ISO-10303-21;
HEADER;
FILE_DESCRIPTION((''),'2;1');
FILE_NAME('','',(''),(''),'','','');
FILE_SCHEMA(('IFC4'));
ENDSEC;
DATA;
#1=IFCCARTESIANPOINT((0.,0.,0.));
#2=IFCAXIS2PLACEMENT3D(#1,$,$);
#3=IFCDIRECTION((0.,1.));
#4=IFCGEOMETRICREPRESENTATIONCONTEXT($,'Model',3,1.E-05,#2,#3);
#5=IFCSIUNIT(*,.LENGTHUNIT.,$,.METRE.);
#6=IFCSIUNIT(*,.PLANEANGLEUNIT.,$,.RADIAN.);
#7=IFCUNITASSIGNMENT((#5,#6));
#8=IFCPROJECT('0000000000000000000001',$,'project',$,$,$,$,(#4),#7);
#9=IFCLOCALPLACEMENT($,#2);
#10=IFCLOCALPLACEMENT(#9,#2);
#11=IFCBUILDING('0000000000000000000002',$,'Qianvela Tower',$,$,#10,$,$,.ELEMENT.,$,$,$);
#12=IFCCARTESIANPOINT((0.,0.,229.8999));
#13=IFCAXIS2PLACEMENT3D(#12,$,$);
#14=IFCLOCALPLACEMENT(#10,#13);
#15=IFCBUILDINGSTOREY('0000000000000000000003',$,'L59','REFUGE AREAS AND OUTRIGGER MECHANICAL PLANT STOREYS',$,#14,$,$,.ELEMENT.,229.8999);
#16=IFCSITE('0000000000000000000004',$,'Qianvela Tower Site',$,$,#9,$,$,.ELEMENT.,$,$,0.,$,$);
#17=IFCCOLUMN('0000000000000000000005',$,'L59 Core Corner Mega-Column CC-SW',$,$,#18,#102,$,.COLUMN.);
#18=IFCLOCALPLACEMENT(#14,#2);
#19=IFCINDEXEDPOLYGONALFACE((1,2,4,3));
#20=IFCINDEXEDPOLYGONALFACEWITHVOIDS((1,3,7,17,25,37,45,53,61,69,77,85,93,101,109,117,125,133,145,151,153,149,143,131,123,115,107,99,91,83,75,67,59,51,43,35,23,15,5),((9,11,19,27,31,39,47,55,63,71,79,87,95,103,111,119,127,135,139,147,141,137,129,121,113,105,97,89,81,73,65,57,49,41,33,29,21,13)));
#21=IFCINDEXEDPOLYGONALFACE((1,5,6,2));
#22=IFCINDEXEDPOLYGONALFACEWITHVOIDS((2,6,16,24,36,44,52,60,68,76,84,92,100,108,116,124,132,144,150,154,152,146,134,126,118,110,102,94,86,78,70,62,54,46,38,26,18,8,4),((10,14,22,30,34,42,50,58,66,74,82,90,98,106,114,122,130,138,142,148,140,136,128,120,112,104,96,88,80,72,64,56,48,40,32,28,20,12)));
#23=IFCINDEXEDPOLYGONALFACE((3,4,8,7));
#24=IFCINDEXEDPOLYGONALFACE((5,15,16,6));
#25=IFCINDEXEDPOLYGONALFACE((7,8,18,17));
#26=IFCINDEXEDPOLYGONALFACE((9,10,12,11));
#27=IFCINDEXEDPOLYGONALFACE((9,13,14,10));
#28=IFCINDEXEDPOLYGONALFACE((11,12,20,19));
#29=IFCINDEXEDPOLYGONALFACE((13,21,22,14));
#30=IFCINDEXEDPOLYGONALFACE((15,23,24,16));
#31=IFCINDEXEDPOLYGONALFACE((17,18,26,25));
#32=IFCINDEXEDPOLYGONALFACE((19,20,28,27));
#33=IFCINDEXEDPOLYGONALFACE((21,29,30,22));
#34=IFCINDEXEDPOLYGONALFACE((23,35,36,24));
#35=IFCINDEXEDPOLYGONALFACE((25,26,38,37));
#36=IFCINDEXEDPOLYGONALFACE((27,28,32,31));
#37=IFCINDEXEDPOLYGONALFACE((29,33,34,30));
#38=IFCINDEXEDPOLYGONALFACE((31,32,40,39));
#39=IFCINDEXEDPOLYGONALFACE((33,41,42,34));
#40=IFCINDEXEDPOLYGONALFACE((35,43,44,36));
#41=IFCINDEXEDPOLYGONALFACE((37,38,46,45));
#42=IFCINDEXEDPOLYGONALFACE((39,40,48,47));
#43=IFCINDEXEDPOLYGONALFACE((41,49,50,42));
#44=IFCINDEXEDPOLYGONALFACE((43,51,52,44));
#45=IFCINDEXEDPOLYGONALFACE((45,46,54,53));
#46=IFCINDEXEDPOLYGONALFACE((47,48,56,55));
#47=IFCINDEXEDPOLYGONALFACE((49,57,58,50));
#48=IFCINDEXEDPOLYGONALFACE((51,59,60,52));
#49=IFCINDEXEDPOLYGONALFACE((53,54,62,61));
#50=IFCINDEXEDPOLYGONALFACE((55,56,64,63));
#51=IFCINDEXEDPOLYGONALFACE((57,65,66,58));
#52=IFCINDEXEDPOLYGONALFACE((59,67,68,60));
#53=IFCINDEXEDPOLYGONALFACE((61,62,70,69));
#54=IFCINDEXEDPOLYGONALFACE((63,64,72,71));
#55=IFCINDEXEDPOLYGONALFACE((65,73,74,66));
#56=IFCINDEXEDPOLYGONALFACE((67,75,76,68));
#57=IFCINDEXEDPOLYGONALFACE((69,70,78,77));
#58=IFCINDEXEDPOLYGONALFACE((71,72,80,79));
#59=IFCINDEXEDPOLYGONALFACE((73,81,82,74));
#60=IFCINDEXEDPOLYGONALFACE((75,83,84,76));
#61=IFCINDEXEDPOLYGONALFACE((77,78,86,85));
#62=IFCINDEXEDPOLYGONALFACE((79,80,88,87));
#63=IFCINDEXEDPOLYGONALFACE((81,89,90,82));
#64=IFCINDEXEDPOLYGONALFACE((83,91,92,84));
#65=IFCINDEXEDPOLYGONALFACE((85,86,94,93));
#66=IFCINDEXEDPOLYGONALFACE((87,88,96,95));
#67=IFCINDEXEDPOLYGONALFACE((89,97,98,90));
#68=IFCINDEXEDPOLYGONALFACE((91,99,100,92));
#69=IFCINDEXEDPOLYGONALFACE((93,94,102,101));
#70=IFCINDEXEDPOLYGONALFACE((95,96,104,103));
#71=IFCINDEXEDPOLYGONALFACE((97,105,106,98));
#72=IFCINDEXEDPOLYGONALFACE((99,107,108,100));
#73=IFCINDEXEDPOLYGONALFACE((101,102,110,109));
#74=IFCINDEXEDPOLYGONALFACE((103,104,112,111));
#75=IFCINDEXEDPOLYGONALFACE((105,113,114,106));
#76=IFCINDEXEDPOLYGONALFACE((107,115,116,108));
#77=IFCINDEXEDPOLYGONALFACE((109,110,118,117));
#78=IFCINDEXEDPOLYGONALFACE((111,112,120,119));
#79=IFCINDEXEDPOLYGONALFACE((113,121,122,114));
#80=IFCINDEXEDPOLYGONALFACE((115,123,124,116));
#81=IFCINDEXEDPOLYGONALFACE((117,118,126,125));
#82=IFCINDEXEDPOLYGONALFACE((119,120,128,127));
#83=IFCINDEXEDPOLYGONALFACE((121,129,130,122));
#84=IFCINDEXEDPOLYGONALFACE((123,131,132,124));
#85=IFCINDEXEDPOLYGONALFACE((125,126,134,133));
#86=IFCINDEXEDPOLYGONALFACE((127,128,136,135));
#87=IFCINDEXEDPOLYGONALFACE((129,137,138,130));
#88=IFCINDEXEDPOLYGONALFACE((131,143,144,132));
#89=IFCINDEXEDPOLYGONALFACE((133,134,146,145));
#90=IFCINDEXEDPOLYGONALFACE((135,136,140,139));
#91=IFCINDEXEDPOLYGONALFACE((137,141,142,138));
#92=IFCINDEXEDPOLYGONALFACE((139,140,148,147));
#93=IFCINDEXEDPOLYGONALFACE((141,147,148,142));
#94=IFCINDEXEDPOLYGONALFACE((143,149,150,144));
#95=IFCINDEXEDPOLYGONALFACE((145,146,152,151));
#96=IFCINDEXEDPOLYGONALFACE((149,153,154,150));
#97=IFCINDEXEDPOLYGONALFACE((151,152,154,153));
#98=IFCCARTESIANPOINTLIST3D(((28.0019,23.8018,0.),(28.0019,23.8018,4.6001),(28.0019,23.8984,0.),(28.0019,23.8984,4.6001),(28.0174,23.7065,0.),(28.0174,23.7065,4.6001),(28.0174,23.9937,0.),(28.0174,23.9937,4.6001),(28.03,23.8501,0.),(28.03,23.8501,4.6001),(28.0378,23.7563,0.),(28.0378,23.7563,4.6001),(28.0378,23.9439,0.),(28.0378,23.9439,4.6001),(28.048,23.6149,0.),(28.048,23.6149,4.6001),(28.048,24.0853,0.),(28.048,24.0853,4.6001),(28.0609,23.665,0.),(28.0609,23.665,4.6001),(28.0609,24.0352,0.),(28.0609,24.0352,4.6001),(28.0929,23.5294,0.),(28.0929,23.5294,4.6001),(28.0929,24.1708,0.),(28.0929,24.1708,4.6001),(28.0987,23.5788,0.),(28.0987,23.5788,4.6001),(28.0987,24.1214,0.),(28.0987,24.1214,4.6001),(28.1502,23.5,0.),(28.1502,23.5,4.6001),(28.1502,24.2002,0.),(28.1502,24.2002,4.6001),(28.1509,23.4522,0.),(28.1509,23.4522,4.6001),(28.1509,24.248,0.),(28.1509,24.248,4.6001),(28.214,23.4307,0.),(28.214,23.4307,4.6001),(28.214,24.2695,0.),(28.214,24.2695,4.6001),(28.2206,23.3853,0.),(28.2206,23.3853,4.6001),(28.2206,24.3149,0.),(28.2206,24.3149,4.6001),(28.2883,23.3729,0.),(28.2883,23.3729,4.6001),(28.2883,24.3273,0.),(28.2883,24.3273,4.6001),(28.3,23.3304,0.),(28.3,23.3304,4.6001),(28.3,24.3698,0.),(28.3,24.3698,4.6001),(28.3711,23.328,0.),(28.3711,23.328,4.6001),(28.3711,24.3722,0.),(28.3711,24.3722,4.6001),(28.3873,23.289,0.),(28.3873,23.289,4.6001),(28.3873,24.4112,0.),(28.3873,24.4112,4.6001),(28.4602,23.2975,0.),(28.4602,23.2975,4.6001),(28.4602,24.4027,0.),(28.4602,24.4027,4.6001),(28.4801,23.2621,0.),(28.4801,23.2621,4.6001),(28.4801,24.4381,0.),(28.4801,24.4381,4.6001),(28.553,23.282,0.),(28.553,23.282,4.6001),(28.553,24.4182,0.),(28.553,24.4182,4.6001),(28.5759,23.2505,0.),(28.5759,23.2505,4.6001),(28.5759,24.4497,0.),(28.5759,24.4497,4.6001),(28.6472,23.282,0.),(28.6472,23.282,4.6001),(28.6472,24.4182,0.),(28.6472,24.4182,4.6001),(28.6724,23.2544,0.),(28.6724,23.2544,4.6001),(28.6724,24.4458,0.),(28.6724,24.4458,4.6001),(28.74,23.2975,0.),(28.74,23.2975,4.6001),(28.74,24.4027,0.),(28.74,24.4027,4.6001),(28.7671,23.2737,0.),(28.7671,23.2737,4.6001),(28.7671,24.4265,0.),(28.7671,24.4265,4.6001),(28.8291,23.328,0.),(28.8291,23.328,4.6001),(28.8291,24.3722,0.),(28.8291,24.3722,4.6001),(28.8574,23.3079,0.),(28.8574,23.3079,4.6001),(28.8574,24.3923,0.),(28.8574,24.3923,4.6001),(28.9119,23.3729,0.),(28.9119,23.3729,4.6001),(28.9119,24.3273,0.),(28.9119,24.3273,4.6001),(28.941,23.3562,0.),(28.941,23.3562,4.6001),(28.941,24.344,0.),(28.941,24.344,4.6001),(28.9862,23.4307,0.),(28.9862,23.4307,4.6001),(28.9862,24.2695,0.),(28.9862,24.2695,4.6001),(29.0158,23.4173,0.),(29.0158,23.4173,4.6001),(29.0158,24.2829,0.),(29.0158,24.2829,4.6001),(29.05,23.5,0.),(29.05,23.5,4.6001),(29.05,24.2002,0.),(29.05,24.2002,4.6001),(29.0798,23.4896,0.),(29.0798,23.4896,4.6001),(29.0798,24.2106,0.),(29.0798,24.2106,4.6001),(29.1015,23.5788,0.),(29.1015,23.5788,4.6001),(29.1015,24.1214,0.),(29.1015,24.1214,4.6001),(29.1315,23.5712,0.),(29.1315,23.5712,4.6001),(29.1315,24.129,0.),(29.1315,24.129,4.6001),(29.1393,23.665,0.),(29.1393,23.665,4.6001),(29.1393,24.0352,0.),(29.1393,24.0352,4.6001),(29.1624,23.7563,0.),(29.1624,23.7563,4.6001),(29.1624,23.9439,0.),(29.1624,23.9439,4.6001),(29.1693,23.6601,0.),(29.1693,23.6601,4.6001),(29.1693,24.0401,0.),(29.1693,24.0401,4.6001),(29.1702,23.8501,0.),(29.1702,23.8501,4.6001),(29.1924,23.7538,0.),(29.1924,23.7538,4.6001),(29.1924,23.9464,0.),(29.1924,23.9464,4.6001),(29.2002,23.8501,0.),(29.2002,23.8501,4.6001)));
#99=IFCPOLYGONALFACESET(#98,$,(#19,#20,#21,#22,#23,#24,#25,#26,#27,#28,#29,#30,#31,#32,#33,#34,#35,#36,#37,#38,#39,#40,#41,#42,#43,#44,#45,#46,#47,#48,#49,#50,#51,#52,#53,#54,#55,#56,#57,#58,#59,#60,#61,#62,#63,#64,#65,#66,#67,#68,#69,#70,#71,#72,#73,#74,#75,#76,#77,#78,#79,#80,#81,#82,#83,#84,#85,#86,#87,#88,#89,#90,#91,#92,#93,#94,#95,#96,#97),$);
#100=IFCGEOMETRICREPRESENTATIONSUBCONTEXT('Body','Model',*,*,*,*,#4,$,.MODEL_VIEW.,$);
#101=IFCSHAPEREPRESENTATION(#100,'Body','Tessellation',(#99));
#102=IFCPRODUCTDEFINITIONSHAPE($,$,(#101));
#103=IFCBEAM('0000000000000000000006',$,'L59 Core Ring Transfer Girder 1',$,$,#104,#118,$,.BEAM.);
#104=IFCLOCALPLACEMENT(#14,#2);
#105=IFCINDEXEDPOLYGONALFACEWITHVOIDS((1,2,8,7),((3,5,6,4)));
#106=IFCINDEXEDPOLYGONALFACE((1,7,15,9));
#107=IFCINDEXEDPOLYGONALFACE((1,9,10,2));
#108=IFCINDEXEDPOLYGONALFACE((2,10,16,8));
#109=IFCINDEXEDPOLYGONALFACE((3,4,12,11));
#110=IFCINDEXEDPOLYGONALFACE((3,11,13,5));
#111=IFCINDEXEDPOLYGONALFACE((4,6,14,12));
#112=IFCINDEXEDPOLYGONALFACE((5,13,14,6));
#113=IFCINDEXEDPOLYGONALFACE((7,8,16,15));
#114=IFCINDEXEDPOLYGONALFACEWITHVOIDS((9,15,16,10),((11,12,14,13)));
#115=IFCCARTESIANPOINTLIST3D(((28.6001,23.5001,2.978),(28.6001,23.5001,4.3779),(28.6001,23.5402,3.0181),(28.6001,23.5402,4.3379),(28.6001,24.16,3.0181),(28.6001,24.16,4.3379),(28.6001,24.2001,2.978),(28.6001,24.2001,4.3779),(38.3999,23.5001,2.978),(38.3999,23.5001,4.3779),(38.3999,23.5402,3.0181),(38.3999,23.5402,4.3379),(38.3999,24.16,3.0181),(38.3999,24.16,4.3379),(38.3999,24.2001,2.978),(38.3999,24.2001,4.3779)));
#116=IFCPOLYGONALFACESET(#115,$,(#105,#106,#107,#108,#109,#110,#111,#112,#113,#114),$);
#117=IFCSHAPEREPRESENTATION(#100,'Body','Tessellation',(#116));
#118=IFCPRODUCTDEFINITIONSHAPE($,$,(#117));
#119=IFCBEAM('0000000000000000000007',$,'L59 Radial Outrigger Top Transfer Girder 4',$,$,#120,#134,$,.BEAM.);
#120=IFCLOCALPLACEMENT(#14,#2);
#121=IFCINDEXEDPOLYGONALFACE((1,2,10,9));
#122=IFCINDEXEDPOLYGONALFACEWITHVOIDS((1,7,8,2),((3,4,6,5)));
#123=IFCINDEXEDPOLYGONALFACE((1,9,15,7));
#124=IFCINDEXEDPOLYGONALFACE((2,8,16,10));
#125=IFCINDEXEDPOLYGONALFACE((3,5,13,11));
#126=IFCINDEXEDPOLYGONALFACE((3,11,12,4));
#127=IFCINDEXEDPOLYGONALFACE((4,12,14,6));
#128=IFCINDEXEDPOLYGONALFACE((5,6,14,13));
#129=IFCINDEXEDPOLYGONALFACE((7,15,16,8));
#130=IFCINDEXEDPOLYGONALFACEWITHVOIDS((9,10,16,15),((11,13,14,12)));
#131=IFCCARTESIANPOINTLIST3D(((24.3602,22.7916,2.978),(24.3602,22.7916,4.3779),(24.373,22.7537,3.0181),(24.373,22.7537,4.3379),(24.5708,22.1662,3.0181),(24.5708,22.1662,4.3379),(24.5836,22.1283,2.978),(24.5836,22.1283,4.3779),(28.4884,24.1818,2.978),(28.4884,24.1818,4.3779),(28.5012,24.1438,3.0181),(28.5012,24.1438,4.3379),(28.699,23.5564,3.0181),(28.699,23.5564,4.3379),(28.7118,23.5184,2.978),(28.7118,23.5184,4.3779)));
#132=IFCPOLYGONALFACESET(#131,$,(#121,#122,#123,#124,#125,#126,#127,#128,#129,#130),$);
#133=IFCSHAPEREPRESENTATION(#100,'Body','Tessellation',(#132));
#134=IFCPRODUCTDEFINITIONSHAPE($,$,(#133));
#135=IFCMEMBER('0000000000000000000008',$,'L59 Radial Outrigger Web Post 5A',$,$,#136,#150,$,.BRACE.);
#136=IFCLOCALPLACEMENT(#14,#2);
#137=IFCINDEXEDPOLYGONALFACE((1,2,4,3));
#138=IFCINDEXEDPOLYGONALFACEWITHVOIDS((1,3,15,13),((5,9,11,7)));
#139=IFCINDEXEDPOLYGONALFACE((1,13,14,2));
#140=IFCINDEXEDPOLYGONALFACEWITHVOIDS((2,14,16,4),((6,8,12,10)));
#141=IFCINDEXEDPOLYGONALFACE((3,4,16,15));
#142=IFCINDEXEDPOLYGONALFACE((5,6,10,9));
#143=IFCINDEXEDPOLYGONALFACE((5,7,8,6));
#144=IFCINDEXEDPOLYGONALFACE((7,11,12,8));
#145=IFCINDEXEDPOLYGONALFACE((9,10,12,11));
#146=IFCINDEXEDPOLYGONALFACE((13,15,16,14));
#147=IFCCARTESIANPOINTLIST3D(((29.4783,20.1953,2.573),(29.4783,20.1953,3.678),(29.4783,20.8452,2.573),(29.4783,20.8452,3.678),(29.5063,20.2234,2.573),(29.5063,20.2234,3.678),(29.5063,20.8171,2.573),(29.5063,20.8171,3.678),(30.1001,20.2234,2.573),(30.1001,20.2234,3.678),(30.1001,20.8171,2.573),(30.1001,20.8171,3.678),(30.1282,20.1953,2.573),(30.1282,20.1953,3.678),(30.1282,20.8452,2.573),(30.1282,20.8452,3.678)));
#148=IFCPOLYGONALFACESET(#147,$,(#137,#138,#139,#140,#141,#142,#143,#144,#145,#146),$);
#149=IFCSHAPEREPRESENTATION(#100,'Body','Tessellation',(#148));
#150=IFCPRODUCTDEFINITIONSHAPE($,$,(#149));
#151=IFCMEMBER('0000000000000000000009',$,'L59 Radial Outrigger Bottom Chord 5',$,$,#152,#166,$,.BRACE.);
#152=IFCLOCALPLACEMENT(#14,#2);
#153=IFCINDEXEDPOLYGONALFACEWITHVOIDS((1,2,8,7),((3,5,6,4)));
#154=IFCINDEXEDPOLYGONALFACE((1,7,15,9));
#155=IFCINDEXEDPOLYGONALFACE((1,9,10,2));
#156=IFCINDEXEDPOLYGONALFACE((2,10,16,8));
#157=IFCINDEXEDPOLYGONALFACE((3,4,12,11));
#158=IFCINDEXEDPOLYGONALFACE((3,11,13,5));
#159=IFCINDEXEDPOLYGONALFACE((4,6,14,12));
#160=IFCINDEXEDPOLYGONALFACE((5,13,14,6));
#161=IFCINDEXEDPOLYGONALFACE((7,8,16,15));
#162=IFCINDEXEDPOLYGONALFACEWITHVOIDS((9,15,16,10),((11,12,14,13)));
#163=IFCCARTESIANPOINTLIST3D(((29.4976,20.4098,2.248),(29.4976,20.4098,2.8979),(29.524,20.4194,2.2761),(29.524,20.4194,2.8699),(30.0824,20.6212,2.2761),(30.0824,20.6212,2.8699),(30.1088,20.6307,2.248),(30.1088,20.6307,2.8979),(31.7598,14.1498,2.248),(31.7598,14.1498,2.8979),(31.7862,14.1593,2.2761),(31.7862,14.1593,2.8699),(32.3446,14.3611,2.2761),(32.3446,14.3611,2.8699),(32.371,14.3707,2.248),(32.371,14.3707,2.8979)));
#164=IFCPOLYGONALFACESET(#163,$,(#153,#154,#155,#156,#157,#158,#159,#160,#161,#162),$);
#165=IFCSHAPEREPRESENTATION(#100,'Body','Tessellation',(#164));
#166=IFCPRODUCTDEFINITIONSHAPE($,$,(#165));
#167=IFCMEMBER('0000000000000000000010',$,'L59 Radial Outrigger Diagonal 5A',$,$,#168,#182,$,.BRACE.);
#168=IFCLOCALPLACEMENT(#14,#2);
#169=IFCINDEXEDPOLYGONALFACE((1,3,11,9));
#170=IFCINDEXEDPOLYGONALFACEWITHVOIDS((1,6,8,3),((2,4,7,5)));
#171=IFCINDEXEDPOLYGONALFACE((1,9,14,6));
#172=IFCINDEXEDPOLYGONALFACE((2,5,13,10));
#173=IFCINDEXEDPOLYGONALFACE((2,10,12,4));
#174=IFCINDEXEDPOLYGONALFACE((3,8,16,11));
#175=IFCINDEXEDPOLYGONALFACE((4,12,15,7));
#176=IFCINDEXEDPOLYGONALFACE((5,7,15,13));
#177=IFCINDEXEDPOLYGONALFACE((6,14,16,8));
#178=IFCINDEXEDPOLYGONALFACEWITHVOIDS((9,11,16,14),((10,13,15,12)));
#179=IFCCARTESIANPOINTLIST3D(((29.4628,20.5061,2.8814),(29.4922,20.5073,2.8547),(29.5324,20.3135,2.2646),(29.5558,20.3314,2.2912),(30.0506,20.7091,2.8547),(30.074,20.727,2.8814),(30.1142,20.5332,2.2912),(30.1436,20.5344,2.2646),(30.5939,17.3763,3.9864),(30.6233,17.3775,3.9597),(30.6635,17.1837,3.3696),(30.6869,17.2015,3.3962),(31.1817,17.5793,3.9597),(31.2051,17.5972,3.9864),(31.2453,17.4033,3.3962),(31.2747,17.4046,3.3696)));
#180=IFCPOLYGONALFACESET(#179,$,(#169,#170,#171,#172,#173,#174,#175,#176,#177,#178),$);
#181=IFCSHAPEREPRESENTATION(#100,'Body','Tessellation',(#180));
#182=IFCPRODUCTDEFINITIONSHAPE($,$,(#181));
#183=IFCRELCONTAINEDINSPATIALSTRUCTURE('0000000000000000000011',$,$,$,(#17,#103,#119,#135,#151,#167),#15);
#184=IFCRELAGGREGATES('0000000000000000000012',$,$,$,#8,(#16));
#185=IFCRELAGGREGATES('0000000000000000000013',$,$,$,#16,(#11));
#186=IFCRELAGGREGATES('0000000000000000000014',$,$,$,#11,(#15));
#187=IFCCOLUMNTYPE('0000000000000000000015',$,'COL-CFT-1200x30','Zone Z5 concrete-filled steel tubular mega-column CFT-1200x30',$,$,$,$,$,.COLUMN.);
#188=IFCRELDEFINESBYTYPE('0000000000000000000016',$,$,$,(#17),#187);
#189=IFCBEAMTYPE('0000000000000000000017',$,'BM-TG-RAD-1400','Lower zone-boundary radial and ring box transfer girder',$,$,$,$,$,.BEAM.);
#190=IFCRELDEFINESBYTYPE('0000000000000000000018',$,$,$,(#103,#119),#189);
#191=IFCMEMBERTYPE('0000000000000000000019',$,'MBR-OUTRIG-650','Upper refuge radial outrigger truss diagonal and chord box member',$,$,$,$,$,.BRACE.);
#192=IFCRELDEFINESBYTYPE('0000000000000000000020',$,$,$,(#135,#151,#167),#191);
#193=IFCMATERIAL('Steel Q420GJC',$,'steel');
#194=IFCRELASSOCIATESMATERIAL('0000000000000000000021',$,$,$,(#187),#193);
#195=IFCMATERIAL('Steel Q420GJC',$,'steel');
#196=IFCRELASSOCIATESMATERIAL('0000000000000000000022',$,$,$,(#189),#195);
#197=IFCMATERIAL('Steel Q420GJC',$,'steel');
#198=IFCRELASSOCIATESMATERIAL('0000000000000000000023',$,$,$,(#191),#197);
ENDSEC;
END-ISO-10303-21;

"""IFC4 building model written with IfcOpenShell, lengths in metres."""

from ifc_helpers import new_model, si_unit, direction, frame, origin, origin_2d, place, context, subcontext, project, spatial, hollow_rectangle, hollow_circle, extrude, material, material_profile, profile_set, type_object, element, save


model = new_model("IFC4")

# Units and contexts
model_context = context("Model", 3, precision=1e-05, world=origin(), true_north=direction((0.0, 1.0)))
body_context = subcontext(model_context, "Body", "Model", "MODEL_VIEW")
ifc_project = project(units=[si_unit("LENGTHUNIT", "METRE"), si_unit("PLANEANGLEUNIT", "RADIAN")], contexts=[model_context])

# Site, building, storey
site_placement = place(None, origin())
site = spatial("IfcSite", under=ifc_project, at=site_placement, Name="Qianvela Tower Site", CompositionType="ELEMENT", RefElevation=0.0)
building_placement = place(site_placement, origin())
building = spatial("IfcBuilding", under=site, at=building_placement, Name="Qianvela Tower", CompositionType="ELEMENT")
storey_placement = place(building_placement, frame((0.0, 0.0, 229.8999)))
storey = spatial("IfcBuildingStorey", under=building, at=storey_placement, Name="L59", Description="REFUGE AREAS AND OUTRIGGER MECHANICAL PLANT STOREYS", CompositionType="ELEMENT", Elevation=229.8999)

# Column
ifc_material_1 = material(Name="Steel Q420GJC", Category="steel")
ifc_material_profile_1 = material_profile(ifc_material_1, hollow_circle(Radius=0.6001, WallThickness=0.03, at=origin_2d()), Name="CFT-1200x30")
ifc_profile_set_1 = profile_set([ifc_material_profile_1], Name="Steel Q420GJC")
column_type = type_object("IfcColumnType", Name="COL-CFT-1200x30", Description="Zone Z5 concrete-filled steel tubular mega-column CFT-1200x30", PredefinedType="COLUMN", material=ifc_profile_set_1)
column_placement = place(storey_placement, frame((28.6001, 23.8501, 0.0), z_axis=(0.0, 0.0, 1.0), x_axis=(1.0, 0.0, 0.0)))
element("IfcColumn", 1, at=column_placement, inside=storey, type_object=column_type, Name="L59 Core Corner Mega-Column CC-SW", PredefinedType="COLUMN", context=body_context, shape_type="SweptSolid", body=[
    extrude(hollow_circle(Radius=0.6001, WallThickness=0.03, at=origin_2d()), origin(), (0.0, 0.0, 1.0), 4.6001),
])

# Beams
ifc_material_2 = material(Name="Steel Q420GJC", Category="steel")
ifc_material_profile_2 = material_profile(ifc_material_2, hollow_rectangle(XDim=0.7, YDim=1.3999, WallThickness=0.04, at=origin_2d()), Name="TG-BOX-1400x700x40")
ifc_profile_set_2 = profile_set([ifc_material_profile_2], Name="Steel Q420GJC")
beam_type = type_object("IfcBeamType", Name="BM-TG-RAD-1400", Description="Lower zone-boundary radial and ring box transfer girder", PredefinedType="BEAM", material=ifc_profile_set_2)
beam_1_placement = place(storey_placement, frame((28.6001, 23.8501, 3.678), z_axis=(1.0, 0.0, 0.0), x_axis=(0.0, 1.0, 0.0)))
element("IfcBeam", 2, at=beam_1_placement, inside=storey, type_object=beam_type, Name="L59 Core Ring Transfer Girder 1", PredefinedType="BEAM", context=body_context, shape_type="SweptSolid", body=[
    extrude(hollow_rectangle(XDim=0.7, YDim=1.3999, WallThickness=0.04, at=origin_2d()), origin(), (0.0, 0.0, 1.0), 9.7998),
])
beam_2_placement = place(storey_placement, frame((28.6001, 23.8501, 3.678), z_axis=(-0.947709, -0.319135, 0.0), x_axis=(0.319135, -0.947709, 0.0)))
element("IfcBeam", 3, at=beam_2_placement, inside=storey, type_object=beam_type, Name="L59 Radial Outrigger Top Transfer Girder 4", PredefinedType="BEAM", context=body_context, shape_type="SweptSolid", body=[
    extrude(hollow_rectangle(XDim=0.7, YDim=1.3999, WallThickness=0.04, at=origin_2d()), origin(), (0.0, 0.0, 1.0), 4.356),
])

# Members
ifc_material_3 = material(Name="Steel Q420GJC", Category="steel")
ifc_material_profile_3 = material_profile(ifc_material_3, hollow_rectangle(XDim=0.6499, YDim=0.6499, WallThickness=0.0281, at=origin_2d()), Name="OBOX-650x650x28")
ifc_profile_set_3 = profile_set([ifc_material_profile_3], Name="Steel Q420GJC")
member_type = type_object("IfcMemberType", Name="MBR-OUTRIG-650", Description="Upper refuge radial outrigger truss diagonal and chord box member", PredefinedType="BRACE", material=ifc_profile_set_3)
member_1_placement = place(storey_placement, frame((29.8032, 20.5203, 2.573), z_axis=(0.0, 0.0, 1.0), x_axis=(1.0, 0.0, 0.0)))
element("IfcMember", 4, at=member_1_placement, inside=storey, type_object=member_type, Name="L59 Radial Outrigger Web Post 5A", PredefinedType="BRACE", context=body_context, shape_type="SweptSolid", body=[
    extrude(hollow_rectangle(XDim=0.6499, YDim=0.6499, WallThickness=0.0281, at=origin_2d()), origin(), (0.0, 0.0, 1.0), 1.105),
])
member_2_placement = place(storey_placement, frame((29.8032, 20.5203, 2.573), z_axis=(0.339863, -0.940475, 0.0), x_axis=(0.940475, 0.339863, 0.0)))
element("IfcMember", 5, at=member_2_placement, inside=storey, type_object=member_type, Name="L59 Radial Outrigger Bottom Chord 5", PredefinedType="BRACE", context=body_context, shape_type="SweptSolid", body=[
    extrude(hollow_rectangle(XDim=0.6499, YDim=0.6499, WallThickness=0.0281, at=origin_2d()), origin(), (0.0, 0.0, 1.0), 6.6562),
])
member_3_placement = place(storey_placement, frame((29.8032, 20.5203, 2.573), z_axis=(0.32256, -0.892558, 0.315111), x_axis=(0.940471, 0.339875, 0.0)))
element("IfcMember", 6, at=member_3_placement, inside=storey, type_object=member_type, Name="L59 Radial Outrigger Diagonal 5A", PredefinedType="BRACE", context=body_context, shape_type="SweptSolid", body=[
    extrude(hollow_rectangle(XDim=0.6499, YDim=0.6499, WallThickness=0.0281, at=origin_2d()), origin(), (0.0, 0.0, 1.0), 3.5066),
])

save(model, "model.ifc")
